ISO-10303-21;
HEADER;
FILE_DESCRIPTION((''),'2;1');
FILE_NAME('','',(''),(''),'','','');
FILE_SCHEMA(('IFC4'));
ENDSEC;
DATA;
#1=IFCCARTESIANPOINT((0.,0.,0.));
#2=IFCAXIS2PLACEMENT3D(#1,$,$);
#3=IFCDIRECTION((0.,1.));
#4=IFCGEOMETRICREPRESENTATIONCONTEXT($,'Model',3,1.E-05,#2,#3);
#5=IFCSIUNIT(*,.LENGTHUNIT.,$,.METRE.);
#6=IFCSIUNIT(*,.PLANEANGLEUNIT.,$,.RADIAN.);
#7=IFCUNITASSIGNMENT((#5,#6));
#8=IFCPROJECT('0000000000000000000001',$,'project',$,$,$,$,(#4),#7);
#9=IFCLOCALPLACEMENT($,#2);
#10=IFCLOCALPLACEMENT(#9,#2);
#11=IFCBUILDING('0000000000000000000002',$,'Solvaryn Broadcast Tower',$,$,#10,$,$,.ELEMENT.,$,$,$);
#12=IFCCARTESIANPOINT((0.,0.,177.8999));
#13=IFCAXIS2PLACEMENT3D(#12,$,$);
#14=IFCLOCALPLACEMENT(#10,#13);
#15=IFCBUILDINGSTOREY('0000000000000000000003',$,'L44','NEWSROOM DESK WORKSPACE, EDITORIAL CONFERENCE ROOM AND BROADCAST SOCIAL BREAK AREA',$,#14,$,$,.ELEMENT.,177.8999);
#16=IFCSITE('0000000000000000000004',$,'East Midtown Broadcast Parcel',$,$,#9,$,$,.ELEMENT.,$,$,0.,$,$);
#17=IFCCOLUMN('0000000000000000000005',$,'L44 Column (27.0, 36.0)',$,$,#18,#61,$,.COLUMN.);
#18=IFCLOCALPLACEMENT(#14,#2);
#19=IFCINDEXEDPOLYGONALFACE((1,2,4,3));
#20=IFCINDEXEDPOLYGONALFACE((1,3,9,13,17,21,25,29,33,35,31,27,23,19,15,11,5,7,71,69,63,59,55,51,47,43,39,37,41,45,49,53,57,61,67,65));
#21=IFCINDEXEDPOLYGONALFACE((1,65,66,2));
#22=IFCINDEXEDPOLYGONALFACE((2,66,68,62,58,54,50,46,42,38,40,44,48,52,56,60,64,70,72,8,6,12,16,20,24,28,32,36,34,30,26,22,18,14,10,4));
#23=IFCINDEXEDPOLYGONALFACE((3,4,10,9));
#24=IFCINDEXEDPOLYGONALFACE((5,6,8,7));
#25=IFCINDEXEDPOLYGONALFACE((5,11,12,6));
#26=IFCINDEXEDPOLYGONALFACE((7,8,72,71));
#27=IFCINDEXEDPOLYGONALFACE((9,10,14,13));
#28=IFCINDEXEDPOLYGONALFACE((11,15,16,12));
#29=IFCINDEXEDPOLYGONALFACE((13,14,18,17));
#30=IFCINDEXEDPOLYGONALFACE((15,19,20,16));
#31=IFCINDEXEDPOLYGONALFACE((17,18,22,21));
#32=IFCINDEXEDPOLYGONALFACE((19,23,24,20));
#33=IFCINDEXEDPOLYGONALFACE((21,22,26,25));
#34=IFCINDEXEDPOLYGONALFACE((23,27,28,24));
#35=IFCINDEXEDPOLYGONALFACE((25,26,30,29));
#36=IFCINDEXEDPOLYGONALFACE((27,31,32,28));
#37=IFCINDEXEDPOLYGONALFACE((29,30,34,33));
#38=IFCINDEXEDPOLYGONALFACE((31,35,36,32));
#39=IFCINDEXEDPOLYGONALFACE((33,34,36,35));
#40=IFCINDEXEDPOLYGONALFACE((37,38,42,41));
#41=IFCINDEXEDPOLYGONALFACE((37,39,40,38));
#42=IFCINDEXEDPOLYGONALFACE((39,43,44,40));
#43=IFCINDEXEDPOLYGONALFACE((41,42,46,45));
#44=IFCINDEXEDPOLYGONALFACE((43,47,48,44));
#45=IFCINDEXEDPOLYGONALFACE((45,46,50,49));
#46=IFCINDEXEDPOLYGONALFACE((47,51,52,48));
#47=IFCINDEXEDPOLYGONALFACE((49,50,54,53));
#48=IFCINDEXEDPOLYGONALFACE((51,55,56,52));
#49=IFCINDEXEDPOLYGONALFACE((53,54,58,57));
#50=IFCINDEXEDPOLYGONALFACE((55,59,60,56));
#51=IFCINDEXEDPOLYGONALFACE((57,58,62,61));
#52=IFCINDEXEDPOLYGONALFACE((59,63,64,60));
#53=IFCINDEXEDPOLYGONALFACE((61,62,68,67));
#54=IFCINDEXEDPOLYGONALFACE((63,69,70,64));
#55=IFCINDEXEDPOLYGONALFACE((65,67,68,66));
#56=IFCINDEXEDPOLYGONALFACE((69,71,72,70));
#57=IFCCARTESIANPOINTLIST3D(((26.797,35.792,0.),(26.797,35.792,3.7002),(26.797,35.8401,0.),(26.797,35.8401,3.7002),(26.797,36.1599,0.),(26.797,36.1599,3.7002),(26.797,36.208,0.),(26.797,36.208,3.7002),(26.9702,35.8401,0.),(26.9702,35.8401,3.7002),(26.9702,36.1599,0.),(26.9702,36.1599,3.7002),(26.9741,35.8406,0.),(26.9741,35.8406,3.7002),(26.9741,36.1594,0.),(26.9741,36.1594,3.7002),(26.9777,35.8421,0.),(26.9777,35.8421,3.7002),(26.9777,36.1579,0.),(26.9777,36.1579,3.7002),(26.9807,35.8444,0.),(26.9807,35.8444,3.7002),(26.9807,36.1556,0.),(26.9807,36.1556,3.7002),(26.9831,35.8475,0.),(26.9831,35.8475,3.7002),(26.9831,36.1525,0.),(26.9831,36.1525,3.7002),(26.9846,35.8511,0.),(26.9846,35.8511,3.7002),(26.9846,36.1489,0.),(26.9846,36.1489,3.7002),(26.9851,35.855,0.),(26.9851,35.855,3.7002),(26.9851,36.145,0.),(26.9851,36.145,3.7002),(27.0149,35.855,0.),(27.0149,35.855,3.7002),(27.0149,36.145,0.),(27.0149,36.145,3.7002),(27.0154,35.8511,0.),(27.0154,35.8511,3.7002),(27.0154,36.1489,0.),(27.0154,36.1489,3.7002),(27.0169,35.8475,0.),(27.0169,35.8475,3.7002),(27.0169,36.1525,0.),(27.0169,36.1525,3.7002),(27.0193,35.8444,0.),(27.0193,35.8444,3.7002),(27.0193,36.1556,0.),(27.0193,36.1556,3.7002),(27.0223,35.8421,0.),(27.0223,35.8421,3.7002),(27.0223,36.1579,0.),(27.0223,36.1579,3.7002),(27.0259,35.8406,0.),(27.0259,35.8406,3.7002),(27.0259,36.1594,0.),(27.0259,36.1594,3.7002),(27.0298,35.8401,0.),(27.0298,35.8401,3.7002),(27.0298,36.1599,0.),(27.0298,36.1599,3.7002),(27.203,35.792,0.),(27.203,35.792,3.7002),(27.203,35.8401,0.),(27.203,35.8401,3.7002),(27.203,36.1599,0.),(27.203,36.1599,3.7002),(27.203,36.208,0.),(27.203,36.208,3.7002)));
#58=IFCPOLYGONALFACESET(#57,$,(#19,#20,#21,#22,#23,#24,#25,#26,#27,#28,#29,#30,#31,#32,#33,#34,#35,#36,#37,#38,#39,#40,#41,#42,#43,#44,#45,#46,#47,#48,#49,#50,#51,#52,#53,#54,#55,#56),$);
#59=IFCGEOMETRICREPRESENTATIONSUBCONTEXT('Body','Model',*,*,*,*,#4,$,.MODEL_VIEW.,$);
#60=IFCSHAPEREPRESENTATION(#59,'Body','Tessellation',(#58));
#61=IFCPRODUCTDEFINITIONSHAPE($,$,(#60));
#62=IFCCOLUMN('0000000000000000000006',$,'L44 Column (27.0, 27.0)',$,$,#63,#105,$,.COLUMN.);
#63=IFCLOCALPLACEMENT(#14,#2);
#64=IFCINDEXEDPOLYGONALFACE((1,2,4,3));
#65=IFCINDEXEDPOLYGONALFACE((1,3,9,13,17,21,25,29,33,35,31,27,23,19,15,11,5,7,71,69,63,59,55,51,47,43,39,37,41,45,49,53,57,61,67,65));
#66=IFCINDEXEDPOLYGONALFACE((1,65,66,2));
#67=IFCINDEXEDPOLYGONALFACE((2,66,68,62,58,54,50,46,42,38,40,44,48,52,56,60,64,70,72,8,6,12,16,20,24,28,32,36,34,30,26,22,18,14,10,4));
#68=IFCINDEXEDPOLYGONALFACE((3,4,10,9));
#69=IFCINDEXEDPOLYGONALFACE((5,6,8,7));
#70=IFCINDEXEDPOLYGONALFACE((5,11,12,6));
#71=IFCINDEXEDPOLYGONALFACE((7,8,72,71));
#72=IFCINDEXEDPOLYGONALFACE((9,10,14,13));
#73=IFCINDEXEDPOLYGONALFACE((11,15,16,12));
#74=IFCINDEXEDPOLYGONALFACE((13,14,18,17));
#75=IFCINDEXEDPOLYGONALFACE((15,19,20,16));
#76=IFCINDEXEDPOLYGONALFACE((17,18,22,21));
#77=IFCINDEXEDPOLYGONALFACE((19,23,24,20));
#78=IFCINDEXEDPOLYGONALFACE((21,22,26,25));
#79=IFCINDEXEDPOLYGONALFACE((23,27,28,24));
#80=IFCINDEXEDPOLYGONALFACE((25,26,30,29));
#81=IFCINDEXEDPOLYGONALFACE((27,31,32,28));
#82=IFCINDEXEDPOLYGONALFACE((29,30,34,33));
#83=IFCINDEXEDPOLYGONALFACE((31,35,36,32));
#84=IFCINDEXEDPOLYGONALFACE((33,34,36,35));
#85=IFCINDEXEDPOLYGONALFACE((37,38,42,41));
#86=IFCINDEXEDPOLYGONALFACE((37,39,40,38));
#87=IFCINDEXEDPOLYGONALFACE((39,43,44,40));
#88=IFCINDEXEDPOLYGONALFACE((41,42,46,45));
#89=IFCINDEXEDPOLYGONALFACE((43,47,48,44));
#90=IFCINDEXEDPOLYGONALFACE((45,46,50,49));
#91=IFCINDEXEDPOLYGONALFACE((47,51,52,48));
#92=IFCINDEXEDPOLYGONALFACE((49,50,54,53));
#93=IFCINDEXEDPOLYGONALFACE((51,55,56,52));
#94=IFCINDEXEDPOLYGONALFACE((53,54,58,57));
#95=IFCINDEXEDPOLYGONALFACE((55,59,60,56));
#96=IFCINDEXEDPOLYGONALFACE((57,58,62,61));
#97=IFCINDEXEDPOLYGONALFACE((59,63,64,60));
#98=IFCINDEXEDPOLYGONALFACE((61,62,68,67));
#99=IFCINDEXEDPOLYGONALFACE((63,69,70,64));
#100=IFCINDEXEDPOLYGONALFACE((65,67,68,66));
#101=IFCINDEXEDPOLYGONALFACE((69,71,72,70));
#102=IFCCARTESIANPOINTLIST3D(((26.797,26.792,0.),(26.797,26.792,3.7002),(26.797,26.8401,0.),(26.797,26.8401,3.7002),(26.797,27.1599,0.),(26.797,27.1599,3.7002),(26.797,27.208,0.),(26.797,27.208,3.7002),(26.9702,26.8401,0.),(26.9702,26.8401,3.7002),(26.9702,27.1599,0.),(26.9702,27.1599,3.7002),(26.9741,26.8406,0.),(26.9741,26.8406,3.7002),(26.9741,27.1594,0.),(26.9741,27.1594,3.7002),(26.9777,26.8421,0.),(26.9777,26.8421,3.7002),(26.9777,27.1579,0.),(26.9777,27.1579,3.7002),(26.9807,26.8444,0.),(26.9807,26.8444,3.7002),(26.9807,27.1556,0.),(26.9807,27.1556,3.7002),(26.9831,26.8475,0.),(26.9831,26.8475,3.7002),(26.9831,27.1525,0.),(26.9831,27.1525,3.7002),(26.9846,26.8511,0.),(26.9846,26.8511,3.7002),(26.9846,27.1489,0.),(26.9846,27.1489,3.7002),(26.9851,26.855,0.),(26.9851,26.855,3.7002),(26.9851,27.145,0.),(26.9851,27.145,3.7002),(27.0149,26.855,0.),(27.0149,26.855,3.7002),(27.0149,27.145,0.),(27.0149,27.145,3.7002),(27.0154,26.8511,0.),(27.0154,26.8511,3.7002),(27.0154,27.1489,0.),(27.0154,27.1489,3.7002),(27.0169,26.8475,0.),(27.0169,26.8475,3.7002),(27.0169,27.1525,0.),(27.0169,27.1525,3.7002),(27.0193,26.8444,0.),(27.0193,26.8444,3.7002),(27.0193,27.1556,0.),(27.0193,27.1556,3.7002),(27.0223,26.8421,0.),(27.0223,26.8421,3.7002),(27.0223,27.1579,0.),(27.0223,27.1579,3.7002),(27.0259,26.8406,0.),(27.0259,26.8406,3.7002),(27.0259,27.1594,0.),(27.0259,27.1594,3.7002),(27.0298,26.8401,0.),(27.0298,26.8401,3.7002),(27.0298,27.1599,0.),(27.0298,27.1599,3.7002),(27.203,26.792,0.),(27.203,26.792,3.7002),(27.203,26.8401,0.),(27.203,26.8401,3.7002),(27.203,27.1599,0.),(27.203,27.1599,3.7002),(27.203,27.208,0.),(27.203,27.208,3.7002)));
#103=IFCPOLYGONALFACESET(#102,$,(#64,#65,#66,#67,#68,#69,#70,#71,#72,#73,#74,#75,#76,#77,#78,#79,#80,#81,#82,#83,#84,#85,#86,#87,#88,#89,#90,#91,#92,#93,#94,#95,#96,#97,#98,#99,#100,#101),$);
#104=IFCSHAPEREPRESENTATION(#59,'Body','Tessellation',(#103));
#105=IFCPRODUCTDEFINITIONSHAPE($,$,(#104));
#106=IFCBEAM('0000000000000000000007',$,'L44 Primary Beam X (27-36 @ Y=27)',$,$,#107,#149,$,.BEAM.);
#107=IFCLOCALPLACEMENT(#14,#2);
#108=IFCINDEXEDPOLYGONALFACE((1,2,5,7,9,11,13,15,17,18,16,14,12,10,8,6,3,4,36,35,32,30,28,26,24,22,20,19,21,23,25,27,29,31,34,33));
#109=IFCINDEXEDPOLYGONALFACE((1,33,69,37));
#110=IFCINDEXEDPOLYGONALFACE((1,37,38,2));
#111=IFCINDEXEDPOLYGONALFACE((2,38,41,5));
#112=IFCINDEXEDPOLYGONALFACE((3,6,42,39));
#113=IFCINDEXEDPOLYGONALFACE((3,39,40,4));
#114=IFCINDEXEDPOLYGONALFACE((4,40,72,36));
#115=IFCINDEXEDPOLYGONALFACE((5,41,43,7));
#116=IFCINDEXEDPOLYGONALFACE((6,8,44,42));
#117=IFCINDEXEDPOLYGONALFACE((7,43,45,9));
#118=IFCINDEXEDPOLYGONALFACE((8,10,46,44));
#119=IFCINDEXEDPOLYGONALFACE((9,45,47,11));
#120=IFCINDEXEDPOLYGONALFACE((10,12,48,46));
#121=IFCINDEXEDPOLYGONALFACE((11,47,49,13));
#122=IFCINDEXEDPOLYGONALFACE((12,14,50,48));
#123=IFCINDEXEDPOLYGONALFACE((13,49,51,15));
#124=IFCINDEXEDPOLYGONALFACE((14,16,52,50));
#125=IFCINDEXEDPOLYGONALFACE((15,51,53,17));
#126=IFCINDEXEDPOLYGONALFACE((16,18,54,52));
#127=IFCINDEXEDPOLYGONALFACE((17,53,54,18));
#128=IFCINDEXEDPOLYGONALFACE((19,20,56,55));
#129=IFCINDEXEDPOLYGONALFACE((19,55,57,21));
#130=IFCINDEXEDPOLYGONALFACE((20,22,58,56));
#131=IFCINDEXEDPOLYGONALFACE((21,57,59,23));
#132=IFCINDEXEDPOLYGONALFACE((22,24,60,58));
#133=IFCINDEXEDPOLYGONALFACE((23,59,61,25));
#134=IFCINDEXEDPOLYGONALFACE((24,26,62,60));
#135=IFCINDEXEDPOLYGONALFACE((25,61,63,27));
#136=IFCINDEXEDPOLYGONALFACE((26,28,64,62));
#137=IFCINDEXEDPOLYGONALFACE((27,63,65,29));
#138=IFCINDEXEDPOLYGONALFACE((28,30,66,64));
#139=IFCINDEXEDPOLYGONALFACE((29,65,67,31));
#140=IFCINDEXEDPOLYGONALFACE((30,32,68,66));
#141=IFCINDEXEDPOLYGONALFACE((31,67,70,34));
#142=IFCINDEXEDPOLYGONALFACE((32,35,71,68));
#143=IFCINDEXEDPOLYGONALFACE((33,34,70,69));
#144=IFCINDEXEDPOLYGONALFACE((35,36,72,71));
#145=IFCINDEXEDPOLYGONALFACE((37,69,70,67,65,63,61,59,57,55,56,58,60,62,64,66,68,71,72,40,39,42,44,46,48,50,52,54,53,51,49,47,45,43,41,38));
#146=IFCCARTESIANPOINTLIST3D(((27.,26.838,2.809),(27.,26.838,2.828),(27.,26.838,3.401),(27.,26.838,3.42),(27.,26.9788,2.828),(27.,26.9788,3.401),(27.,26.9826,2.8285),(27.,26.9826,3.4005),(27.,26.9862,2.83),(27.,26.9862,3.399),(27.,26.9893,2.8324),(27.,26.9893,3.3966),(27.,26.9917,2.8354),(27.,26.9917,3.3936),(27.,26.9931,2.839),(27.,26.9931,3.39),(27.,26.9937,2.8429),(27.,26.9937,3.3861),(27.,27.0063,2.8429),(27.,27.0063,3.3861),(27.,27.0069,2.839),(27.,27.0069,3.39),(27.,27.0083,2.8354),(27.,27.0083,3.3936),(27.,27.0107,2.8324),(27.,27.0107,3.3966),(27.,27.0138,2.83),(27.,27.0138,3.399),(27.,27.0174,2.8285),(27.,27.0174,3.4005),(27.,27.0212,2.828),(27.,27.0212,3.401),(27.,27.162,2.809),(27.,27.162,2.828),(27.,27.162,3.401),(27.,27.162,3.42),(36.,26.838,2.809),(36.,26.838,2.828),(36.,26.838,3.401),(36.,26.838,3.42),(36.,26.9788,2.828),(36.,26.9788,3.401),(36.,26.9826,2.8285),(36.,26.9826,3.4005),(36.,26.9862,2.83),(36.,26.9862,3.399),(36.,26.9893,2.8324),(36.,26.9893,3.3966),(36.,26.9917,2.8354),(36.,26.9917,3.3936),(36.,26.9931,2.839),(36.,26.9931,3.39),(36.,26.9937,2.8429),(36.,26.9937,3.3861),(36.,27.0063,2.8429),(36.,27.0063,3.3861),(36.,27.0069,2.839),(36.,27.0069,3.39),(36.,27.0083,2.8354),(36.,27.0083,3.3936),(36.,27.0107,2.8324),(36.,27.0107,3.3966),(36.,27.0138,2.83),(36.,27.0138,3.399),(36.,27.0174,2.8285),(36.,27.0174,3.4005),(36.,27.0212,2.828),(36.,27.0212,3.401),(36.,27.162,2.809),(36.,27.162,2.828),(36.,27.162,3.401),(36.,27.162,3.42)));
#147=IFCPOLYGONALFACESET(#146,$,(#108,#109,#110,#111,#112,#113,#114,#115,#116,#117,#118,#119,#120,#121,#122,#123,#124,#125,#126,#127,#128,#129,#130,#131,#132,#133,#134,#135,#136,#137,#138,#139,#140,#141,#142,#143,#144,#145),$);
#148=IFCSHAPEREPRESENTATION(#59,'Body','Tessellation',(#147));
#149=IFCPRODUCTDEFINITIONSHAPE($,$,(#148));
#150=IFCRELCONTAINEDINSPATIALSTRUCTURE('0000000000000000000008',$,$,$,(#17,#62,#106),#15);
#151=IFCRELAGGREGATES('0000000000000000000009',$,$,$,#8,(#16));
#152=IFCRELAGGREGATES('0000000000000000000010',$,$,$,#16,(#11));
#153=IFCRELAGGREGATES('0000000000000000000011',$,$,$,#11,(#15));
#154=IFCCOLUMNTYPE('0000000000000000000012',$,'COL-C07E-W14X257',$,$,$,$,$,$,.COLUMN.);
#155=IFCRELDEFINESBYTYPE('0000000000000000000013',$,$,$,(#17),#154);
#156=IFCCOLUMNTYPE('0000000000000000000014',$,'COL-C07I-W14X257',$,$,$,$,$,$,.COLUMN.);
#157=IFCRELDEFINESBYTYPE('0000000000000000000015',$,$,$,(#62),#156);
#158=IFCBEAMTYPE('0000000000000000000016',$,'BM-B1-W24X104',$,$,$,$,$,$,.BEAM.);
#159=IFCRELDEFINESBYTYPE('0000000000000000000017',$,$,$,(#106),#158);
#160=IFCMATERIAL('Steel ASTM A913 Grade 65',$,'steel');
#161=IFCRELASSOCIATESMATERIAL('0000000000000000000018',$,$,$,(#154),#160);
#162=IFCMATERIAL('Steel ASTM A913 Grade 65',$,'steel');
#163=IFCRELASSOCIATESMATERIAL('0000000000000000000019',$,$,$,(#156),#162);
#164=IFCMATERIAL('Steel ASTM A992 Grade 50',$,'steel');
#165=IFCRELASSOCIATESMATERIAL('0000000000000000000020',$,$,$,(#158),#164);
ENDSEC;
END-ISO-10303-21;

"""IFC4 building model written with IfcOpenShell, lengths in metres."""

from ifc_helpers import new_model, si_unit, direction, frame, origin, origin_2d, place, context, subcontext, project, spatial, i_section, extrude, material, material_profile, profile_set, type_object, element, save


model = new_model("IFC4")

# Units and contexts
model_context = context("Model", 3, precision=1e-05, world=origin(), true_north=direction((0.0, 1.0)))
body_context = subcontext(model_context, "Body", "Model", "MODEL_VIEW")
ifc_project = project(units=[si_unit("LENGTHUNIT", "METRE"), si_unit("PLANEANGLEUNIT", "RADIAN")], contexts=[model_context])

# Site, building, storey
site_placement = place(None, origin())
site = spatial("IfcSite", under=ifc_project, at=site_placement, Name="East Midtown Broadcast Parcel", CompositionType="ELEMENT", RefElevation=0.0)
building_placement = place(site_placement, origin())
building = spatial("IfcBuilding", under=site, at=building_placement, Name="Solvaryn Broadcast Tower", CompositionType="ELEMENT")
storey_placement = place(building_placement, frame((0.0, 0.0, 177.8999)))
storey = spatial("IfcBuildingStorey", under=building, at=storey_placement, Name="L44", Description="NEWSROOM DESK WORKSPACE, EDITORIAL CONFERENCE ROOM AND BROADCAST SOCIAL BREAK AREA", CompositionType="ELEMENT", Elevation=177.8999)

# Columns
ifc_material_1 = material(Name="Steel ASTM A913 Grade 65", Category="steel")
ifc_material_profile_1 = material_profile(ifc_material_1, i_section(OverallWidth=0.406, OverallDepth=0.416, WebThickness=0.0298, FlangeThickness=0.0481, FilletRadius=0.0149, at=origin_2d()))
ifc_profile_set_1 = profile_set([ifc_material_profile_1], Name="Steel ASTM A913 Grade 65")
column_type_1 = type_object("IfcColumnType", Name="COL-C07E-W14X257", PredefinedType="COLUMN", material=ifc_profile_set_1)
column_1_placement = place(storey_placement, frame((27.0, 36.0, 0.0), z_axis=(0.0, 0.0, 1.0), x_axis=(1.0, 0.0, 0.0)))
element("IfcColumn", 1, at=column_1_placement, inside=storey, type_object=column_type_1, Name="L44 Column (27.0, 36.0)", PredefinedType="COLUMN", context=body_context, shape_type="SweptSolid", body=[
    extrude(i_section(OverallWidth=0.406, OverallDepth=0.416, WebThickness=0.0298, FlangeThickness=0.0481, FilletRadius=0.0149, at=origin_2d()), origin(), (0.0, 0.0, 1.0), 3.7002),
])
ifc_material_2 = material(Name="Steel ASTM A913 Grade 65", Category="steel")
ifc_material_profile_2 = material_profile(ifc_material_2, i_section(OverallWidth=0.406, OverallDepth=0.416, WebThickness=0.0298, FlangeThickness=0.0481, FilletRadius=0.0149, at=origin_2d()))
ifc_profile_set_2 = profile_set([ifc_material_profile_2], Name="Steel ASTM A913 Grade 65")
column_type_2 = type_object("IfcColumnType", Name="COL-C07I-W14X257", PredefinedType="COLUMN", material=ifc_profile_set_2)
column_2_placement = place(storey_placement, frame((27.0, 27.0, 0.0), z_axis=(0.0, 0.0, 1.0), x_axis=(1.0, 0.0, 0.0)))
element("IfcColumn", 2, at=column_2_placement, inside=storey, type_object=column_type_2, Name="L44 Column (27.0, 27.0)", PredefinedType="COLUMN", context=body_context, shape_type="SweptSolid", body=[
    extrude(i_section(OverallWidth=0.406, OverallDepth=0.416, WebThickness=0.0298, FlangeThickness=0.0481, FilletRadius=0.0149, at=origin_2d()), origin(), (0.0, 0.0, 1.0), 3.7002),
])

# Beam
ifc_material_3 = material(Name="Steel ASTM A992 Grade 50", Category="steel")
ifc_material_profile_3 = material_profile(ifc_material_3, i_section(OverallWidth=0.324, OverallDepth=0.6111, WebThickness=0.0127, FlangeThickness=0.019, FilletRadius=0.0149, at=origin_2d()))
ifc_profile_set_3 = profile_set([ifc_material_profile_3], Name="Steel ASTM A992 Grade 50")
beam_type_1 = type_object("IfcBeamType", Name="BM-B1-W24X104", PredefinedType="BEAM", material=ifc_profile_set_3)
beam_1_placement = place(storey_placement, frame((27.0, 27.0, 3.1145), z_axis=(1.0, 0.0, 0.0), x_axis=(0.0, 1.0, 0.0)))
element("IfcBeam", 3, at=beam_1_placement, inside=storey, type_object=beam_type_1, Name="L44 Primary Beam X (27-36 @ Y=27)", PredefinedType="BEAM", context=body_context, shape_type="SweptSolid", body=[
    extrude(i_section(OverallWidth=0.324, OverallDepth=0.6111, WebThickness=0.0127, FlangeThickness=0.019, FilletRadius=0.0149, at=origin_2d()), origin(), (0.0, 0.0, 1.0), 9.0),
])

save(model, "model.ifc")
